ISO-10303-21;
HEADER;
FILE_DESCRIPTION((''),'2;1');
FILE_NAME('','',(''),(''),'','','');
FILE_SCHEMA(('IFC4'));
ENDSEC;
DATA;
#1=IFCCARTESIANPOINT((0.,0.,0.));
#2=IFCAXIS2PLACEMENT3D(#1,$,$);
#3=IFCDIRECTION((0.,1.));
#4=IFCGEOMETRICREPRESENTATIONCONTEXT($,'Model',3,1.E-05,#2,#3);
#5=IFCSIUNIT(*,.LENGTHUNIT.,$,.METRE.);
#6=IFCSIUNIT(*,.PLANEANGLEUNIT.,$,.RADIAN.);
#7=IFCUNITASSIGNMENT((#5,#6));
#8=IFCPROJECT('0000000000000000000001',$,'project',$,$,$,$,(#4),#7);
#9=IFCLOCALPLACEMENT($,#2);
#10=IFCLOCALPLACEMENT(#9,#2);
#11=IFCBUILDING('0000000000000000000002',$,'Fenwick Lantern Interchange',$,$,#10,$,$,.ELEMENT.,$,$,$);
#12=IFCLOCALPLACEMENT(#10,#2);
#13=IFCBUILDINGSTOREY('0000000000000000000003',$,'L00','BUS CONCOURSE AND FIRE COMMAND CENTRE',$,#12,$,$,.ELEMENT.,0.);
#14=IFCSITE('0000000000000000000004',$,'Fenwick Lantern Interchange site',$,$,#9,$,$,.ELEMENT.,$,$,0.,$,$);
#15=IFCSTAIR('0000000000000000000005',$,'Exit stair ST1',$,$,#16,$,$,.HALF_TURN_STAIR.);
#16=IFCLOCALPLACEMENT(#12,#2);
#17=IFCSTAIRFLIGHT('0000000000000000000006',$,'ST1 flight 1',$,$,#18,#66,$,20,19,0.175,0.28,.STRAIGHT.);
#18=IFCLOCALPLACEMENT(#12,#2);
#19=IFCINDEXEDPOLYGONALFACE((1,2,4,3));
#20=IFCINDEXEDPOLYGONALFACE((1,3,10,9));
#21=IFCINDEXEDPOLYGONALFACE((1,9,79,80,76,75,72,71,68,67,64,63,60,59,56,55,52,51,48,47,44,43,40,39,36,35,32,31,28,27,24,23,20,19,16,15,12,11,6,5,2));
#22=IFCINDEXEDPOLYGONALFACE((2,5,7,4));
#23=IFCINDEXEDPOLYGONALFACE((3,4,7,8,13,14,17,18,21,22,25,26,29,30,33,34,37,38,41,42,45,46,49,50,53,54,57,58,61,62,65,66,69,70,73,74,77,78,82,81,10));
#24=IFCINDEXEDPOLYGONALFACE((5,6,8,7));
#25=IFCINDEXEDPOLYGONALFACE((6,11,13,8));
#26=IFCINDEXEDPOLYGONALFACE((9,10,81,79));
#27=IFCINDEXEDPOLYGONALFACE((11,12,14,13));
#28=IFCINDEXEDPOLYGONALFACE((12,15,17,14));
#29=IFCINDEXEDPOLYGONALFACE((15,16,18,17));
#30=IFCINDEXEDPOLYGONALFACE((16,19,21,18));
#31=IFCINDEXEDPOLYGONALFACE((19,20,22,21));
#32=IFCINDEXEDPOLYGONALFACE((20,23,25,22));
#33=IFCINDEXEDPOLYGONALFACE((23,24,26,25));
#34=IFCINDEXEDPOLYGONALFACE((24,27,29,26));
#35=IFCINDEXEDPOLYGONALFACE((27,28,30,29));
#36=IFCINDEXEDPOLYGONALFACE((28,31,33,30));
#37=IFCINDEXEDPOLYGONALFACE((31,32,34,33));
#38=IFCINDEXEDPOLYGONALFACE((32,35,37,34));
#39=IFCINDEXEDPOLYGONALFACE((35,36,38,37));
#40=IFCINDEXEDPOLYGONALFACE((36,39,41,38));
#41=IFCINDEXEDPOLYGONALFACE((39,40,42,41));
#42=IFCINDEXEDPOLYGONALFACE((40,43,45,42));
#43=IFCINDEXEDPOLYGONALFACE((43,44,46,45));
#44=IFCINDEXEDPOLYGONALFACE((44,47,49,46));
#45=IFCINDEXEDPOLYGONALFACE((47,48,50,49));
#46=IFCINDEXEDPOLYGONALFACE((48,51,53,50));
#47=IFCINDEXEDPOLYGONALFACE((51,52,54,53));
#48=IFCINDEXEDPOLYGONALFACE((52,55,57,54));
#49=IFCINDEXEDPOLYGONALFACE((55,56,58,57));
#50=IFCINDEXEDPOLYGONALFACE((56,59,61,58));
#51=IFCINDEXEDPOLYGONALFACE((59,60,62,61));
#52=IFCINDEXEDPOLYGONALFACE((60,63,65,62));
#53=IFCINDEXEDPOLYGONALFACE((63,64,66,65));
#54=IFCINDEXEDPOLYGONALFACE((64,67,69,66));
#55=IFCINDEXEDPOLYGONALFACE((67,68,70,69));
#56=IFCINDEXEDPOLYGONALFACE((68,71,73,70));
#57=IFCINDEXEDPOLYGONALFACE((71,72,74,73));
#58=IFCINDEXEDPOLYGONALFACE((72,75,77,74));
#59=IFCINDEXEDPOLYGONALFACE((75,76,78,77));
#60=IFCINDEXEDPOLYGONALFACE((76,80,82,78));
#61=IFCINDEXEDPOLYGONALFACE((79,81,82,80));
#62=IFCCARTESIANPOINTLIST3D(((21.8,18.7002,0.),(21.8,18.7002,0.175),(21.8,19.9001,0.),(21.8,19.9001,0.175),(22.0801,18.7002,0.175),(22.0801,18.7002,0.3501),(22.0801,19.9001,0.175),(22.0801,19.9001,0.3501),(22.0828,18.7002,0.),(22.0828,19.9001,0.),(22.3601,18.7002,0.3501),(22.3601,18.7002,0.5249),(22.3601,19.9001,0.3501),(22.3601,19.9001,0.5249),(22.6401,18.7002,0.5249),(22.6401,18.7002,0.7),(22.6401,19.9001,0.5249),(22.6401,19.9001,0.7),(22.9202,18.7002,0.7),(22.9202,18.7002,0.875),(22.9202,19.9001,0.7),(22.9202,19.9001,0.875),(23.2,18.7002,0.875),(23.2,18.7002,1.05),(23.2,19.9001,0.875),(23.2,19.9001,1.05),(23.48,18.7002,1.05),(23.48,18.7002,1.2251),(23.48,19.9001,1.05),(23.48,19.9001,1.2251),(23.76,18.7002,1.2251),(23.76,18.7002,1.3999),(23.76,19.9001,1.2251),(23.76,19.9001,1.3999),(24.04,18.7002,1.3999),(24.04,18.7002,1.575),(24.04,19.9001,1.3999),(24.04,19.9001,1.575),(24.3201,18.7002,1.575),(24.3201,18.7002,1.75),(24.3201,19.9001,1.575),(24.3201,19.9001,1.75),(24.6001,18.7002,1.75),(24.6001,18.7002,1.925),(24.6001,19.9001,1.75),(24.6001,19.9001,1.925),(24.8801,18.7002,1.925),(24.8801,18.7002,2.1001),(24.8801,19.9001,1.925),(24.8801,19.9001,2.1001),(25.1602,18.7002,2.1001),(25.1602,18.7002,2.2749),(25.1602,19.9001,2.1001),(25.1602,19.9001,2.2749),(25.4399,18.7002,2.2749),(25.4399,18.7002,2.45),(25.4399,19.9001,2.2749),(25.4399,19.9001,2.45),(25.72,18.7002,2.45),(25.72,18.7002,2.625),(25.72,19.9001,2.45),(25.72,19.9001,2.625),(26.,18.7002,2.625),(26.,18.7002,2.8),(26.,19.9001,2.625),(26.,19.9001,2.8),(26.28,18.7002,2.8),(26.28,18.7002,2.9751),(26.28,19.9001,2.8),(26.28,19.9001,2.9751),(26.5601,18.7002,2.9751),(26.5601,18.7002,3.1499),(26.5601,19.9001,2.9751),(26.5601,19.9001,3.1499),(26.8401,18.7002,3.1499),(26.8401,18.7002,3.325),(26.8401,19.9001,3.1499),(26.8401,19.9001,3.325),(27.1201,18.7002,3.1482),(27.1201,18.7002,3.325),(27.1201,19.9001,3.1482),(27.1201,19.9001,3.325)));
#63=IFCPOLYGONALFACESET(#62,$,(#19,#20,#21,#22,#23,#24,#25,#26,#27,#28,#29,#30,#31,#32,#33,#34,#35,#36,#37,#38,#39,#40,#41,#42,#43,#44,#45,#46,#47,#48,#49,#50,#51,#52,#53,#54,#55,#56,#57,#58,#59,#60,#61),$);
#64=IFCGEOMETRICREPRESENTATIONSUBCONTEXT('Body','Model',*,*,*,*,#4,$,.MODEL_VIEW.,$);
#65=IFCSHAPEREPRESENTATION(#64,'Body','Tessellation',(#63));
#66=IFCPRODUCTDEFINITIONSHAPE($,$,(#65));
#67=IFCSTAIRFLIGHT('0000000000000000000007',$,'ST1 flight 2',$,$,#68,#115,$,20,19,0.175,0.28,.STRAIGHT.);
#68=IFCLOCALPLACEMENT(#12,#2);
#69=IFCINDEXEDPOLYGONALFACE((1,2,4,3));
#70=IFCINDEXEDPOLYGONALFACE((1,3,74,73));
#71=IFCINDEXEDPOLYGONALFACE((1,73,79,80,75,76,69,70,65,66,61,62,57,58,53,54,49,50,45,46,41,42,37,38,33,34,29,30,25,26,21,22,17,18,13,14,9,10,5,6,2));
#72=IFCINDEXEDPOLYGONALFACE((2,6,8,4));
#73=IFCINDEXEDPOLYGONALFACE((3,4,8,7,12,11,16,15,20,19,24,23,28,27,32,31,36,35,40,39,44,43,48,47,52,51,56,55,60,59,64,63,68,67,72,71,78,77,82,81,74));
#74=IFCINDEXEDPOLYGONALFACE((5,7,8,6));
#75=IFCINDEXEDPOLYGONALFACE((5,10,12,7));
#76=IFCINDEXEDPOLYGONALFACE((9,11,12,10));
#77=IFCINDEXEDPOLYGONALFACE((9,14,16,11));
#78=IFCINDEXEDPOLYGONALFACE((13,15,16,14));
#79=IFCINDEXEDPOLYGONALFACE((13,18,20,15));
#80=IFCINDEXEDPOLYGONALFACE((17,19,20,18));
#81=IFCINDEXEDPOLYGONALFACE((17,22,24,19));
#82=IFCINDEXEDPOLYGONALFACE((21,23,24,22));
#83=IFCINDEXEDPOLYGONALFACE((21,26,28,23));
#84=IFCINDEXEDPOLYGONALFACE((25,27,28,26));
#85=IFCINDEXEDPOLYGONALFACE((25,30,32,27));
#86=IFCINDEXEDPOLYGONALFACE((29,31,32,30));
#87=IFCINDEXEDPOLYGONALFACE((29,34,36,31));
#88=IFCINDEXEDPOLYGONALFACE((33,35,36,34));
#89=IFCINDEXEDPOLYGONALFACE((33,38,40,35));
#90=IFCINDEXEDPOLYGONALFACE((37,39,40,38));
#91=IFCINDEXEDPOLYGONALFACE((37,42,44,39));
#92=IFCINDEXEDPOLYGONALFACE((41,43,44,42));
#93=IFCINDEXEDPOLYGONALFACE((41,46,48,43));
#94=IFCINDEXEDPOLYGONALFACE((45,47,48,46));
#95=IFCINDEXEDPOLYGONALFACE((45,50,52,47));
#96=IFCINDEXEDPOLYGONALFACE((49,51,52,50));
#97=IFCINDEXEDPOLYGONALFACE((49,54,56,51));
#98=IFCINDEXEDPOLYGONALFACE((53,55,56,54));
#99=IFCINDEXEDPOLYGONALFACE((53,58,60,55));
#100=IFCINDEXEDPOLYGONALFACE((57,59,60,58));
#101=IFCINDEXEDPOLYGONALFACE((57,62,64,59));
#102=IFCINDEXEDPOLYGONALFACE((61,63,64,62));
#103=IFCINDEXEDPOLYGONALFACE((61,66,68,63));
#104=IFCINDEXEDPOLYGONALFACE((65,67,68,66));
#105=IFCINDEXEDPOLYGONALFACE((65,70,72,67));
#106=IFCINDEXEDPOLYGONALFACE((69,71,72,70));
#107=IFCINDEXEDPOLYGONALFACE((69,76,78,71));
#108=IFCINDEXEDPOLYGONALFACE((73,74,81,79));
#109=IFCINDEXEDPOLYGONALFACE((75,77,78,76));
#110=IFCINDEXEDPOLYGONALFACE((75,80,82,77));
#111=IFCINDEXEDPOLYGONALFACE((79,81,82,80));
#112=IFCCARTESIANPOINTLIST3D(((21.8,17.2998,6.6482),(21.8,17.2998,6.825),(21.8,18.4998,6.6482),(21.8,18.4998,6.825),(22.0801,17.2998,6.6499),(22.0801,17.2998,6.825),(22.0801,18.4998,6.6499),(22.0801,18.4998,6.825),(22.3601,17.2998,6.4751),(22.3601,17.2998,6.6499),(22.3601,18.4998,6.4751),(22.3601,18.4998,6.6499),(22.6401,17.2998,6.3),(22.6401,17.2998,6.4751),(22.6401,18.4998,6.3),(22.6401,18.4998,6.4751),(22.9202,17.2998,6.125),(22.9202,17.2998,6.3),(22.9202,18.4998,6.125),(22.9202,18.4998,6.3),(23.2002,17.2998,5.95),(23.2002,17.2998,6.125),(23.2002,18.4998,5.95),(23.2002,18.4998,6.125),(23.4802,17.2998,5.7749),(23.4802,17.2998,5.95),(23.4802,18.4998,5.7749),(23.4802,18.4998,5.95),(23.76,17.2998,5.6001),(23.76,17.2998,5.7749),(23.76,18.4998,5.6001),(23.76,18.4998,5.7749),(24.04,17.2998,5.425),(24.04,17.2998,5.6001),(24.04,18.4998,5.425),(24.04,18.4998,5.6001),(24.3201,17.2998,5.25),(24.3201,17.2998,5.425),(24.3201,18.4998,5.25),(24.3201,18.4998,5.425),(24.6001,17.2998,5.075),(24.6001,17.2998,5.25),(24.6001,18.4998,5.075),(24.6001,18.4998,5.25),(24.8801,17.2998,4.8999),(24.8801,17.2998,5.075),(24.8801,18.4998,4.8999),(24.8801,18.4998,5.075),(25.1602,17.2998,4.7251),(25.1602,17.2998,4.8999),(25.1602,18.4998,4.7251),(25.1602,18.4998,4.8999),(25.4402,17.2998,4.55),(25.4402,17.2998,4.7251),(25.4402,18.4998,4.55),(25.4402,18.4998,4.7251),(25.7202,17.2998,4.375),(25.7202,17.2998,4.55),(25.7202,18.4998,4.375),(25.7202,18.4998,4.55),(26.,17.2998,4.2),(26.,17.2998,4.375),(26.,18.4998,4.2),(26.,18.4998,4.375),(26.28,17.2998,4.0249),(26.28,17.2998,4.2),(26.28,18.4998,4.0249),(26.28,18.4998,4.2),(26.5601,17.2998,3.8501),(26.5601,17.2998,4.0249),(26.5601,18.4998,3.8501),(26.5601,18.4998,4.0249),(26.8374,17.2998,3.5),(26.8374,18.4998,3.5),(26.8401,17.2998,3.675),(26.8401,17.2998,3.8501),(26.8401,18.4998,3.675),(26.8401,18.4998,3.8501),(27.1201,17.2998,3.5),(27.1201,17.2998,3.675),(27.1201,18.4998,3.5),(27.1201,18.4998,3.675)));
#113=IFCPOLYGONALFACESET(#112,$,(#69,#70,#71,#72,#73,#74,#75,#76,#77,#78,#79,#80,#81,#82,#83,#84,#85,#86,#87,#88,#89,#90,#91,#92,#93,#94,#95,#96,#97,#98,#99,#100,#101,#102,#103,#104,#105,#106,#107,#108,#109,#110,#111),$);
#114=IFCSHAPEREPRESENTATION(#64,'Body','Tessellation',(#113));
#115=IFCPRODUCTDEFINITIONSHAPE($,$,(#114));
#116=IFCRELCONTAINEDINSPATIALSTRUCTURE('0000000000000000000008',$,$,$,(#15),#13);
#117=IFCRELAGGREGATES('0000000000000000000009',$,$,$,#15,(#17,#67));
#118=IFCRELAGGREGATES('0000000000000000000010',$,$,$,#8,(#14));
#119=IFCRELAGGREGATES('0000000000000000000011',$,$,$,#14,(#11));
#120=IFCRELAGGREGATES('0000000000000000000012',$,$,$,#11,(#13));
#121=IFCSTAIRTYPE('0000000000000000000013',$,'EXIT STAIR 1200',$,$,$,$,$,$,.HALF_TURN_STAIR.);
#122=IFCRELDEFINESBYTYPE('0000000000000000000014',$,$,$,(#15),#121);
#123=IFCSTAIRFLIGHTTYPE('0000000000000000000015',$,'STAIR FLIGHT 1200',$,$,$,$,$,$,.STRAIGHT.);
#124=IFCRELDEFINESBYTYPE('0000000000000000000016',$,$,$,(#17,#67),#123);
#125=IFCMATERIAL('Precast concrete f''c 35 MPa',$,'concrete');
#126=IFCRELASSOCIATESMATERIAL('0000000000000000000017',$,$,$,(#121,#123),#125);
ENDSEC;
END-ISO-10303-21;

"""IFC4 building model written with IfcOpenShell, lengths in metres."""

from ifc_helpers import new_model, si_unit, direction, frame, origin, place, context, subcontext, project, spatial, polyline, outline, extrude, material, type_object, element, aggregate, save


model = new_model("IFC4")

# Units and contexts
model_context = context("Model", 3, precision=1e-05, world=origin(), true_north=direction((0.0, 1.0)))
body_context = subcontext(model_context, "Body", "Model", "MODEL_VIEW")
ifc_project = project(units=[si_unit("LENGTHUNIT", "METRE"), si_unit("PLANEANGLEUNIT", "RADIAN")], contexts=[model_context])

# Site, building, storey
site_placement = place(None, origin())
site = spatial("IfcSite", under=ifc_project, at=site_placement, Name="Fenwick Lantern Interchange site", CompositionType="ELEMENT", RefElevation=0.0)
building_placement = place(site_placement, origin())
building = spatial("IfcBuilding", under=site, at=building_placement, Name="Fenwick Lantern Interchange", CompositionType="ELEMENT")
storey_placement = place(building_placement, origin())
storey = spatial("IfcBuildingStorey", under=building, at=storey_placement, Name="L00", Description="BUS CONCOURSE AND FIRE COMMAND CENTRE", CompositionType="ELEMENT", Elevation=0.0)

# Stair, stair flights
ifc_material_1 = material(Name="Precast concrete f'c 35 MPa", Category="concrete")
stair_type = type_object("IfcStairType", Name="EXIT STAIR 1200", PredefinedType="HALF_TURN_STAIR", material=ifc_material_1)
stair_placement = place(storey_placement, origin())
stair = element("IfcStair", 1, at=stair_placement, inside=storey, type_object=stair_type, Name="Exit stair ST1", PredefinedType="HALF_TURN_STAIR")
stair_flight_type = type_object("IfcStairFlightType", Name="STAIR FLIGHT 1200", PredefinedType="STRAIGHT", material=ifc_material_1)
stair_flight_1_placement = place(storey_placement, frame((21.8, 19.3, 0.0), z_axis=(0.0, 0.0, 1.0), x_axis=(1.0, 0.0, 0.0)))
stair_flight_1 = element("IfcStairFlight", 2, at=stair_flight_1_placement, type_object=stair_flight_type, Name="ST1 flight 1", NumberOfRisers=20, NumberOfTreads=19, PredefinedType="STRAIGHT", RiserHeight=0.175, TreadLength=0.28, context=body_context, shape_type="SweptSolid", body=[
    extrude(outline(polyline([(0.0, 0.0), (0.0, 0.175), (0.28, 0.175), (0.28, 0.3501), (0.5601, 0.3501), (0.5601, 0.5249), (0.8401, 0.5249), (0.8401, 0.7), (1.1201, 0.7), (1.1201, 0.875), (1.3999, 0.875), (1.3999, 1.05), (1.6799, 1.05), (1.6799, 1.2251), (1.96, 1.2251), (1.96, 1.3999), (2.24, 1.3999), (2.24, 1.575), (2.52, 1.575), (2.52, 1.75), (2.8, 1.75), (2.8, 1.925), (3.0801, 1.925), (3.0801, 2.1001), (3.3601, 2.1001), (3.3601, 2.2749), (3.6399, 2.2749), (3.6399, 2.45), (3.9199, 2.45), (3.9199, 2.625), (4.2, 2.625), (4.2, 2.8), (4.48, 2.8), (4.48, 2.9751), (4.76, 2.9751), (4.76, 3.1499), (5.04, 3.1499), (5.04, 3.325), (5.3201, 3.325), (5.3201, 3.5), (5.3201, 3.1482), (0.2827, 0.0), (0.0, 0.0)])), frame((0.0, 0.6001, 0.0), z_axis=(0.0, -1.0, 0.0), x_axis=(1.0, 0.0, 0.0)), (0.0, 0.0, 1.0), 1.2),
])
stair_flight_2_placement = place(storey_placement, frame((27.1201, 17.8999, 3.5), z_axis=(0.0, 0.0, 1.0), x_axis=(-1.0, 0.0, 0.0)))
stair_flight_2 = element("IfcStairFlight", 3, at=stair_flight_2_placement, type_object=stair_flight_type, Name="ST1 flight 2", NumberOfRisers=20, NumberOfTreads=19, PredefinedType="STRAIGHT", RiserHeight=0.175, TreadLength=0.28, context=body_context, shape_type="SweptSolid", body=[
    extrude(outline(polyline([(0.0, 0.0), (0.0, 0.175), (0.28, 0.175), (0.28, 0.3501), (0.5601, 0.3501), (0.5601, 0.5249), (0.8401, 0.5249), (0.8401, 0.7), (1.1201, 0.7), (1.1201, 0.875), (1.3999, 0.875), (1.3999, 1.05), (1.6799, 1.05), (1.6799, 1.2251), (1.96, 1.2251), (1.96, 1.3999), (2.24, 1.3999), (2.24, 1.575), (2.52, 1.575), (2.52, 1.75), (2.8, 1.75), (2.8, 1.925), (3.0801, 1.925), (3.0801, 2.1001), (3.3601, 2.1001), (3.3601, 2.2749), (3.6399, 2.2749), (3.6399, 2.45), (3.9199, 2.45), (3.9199, 2.625), (4.2, 2.625), (4.2, 2.8), (4.48, 2.8), (4.48, 2.9751), (4.76, 2.9751), (4.76, 3.1499), (5.04, 3.1499), (5.04, 3.325), (5.3201, 3.325), (5.3201, 3.5), (5.3201, 3.1482), (0.2827, 0.0), (0.0, 0.0)])), frame((0.0, 0.6001, 0.0), z_axis=(0.0, -1.0, 0.0), x_axis=(1.0, 0.0, 0.0)), (0.0, 0.0, 1.0), 1.2),
])
aggregate(stair, [stair_flight_1, stair_flight_2])

save(model, "model.ifc")
